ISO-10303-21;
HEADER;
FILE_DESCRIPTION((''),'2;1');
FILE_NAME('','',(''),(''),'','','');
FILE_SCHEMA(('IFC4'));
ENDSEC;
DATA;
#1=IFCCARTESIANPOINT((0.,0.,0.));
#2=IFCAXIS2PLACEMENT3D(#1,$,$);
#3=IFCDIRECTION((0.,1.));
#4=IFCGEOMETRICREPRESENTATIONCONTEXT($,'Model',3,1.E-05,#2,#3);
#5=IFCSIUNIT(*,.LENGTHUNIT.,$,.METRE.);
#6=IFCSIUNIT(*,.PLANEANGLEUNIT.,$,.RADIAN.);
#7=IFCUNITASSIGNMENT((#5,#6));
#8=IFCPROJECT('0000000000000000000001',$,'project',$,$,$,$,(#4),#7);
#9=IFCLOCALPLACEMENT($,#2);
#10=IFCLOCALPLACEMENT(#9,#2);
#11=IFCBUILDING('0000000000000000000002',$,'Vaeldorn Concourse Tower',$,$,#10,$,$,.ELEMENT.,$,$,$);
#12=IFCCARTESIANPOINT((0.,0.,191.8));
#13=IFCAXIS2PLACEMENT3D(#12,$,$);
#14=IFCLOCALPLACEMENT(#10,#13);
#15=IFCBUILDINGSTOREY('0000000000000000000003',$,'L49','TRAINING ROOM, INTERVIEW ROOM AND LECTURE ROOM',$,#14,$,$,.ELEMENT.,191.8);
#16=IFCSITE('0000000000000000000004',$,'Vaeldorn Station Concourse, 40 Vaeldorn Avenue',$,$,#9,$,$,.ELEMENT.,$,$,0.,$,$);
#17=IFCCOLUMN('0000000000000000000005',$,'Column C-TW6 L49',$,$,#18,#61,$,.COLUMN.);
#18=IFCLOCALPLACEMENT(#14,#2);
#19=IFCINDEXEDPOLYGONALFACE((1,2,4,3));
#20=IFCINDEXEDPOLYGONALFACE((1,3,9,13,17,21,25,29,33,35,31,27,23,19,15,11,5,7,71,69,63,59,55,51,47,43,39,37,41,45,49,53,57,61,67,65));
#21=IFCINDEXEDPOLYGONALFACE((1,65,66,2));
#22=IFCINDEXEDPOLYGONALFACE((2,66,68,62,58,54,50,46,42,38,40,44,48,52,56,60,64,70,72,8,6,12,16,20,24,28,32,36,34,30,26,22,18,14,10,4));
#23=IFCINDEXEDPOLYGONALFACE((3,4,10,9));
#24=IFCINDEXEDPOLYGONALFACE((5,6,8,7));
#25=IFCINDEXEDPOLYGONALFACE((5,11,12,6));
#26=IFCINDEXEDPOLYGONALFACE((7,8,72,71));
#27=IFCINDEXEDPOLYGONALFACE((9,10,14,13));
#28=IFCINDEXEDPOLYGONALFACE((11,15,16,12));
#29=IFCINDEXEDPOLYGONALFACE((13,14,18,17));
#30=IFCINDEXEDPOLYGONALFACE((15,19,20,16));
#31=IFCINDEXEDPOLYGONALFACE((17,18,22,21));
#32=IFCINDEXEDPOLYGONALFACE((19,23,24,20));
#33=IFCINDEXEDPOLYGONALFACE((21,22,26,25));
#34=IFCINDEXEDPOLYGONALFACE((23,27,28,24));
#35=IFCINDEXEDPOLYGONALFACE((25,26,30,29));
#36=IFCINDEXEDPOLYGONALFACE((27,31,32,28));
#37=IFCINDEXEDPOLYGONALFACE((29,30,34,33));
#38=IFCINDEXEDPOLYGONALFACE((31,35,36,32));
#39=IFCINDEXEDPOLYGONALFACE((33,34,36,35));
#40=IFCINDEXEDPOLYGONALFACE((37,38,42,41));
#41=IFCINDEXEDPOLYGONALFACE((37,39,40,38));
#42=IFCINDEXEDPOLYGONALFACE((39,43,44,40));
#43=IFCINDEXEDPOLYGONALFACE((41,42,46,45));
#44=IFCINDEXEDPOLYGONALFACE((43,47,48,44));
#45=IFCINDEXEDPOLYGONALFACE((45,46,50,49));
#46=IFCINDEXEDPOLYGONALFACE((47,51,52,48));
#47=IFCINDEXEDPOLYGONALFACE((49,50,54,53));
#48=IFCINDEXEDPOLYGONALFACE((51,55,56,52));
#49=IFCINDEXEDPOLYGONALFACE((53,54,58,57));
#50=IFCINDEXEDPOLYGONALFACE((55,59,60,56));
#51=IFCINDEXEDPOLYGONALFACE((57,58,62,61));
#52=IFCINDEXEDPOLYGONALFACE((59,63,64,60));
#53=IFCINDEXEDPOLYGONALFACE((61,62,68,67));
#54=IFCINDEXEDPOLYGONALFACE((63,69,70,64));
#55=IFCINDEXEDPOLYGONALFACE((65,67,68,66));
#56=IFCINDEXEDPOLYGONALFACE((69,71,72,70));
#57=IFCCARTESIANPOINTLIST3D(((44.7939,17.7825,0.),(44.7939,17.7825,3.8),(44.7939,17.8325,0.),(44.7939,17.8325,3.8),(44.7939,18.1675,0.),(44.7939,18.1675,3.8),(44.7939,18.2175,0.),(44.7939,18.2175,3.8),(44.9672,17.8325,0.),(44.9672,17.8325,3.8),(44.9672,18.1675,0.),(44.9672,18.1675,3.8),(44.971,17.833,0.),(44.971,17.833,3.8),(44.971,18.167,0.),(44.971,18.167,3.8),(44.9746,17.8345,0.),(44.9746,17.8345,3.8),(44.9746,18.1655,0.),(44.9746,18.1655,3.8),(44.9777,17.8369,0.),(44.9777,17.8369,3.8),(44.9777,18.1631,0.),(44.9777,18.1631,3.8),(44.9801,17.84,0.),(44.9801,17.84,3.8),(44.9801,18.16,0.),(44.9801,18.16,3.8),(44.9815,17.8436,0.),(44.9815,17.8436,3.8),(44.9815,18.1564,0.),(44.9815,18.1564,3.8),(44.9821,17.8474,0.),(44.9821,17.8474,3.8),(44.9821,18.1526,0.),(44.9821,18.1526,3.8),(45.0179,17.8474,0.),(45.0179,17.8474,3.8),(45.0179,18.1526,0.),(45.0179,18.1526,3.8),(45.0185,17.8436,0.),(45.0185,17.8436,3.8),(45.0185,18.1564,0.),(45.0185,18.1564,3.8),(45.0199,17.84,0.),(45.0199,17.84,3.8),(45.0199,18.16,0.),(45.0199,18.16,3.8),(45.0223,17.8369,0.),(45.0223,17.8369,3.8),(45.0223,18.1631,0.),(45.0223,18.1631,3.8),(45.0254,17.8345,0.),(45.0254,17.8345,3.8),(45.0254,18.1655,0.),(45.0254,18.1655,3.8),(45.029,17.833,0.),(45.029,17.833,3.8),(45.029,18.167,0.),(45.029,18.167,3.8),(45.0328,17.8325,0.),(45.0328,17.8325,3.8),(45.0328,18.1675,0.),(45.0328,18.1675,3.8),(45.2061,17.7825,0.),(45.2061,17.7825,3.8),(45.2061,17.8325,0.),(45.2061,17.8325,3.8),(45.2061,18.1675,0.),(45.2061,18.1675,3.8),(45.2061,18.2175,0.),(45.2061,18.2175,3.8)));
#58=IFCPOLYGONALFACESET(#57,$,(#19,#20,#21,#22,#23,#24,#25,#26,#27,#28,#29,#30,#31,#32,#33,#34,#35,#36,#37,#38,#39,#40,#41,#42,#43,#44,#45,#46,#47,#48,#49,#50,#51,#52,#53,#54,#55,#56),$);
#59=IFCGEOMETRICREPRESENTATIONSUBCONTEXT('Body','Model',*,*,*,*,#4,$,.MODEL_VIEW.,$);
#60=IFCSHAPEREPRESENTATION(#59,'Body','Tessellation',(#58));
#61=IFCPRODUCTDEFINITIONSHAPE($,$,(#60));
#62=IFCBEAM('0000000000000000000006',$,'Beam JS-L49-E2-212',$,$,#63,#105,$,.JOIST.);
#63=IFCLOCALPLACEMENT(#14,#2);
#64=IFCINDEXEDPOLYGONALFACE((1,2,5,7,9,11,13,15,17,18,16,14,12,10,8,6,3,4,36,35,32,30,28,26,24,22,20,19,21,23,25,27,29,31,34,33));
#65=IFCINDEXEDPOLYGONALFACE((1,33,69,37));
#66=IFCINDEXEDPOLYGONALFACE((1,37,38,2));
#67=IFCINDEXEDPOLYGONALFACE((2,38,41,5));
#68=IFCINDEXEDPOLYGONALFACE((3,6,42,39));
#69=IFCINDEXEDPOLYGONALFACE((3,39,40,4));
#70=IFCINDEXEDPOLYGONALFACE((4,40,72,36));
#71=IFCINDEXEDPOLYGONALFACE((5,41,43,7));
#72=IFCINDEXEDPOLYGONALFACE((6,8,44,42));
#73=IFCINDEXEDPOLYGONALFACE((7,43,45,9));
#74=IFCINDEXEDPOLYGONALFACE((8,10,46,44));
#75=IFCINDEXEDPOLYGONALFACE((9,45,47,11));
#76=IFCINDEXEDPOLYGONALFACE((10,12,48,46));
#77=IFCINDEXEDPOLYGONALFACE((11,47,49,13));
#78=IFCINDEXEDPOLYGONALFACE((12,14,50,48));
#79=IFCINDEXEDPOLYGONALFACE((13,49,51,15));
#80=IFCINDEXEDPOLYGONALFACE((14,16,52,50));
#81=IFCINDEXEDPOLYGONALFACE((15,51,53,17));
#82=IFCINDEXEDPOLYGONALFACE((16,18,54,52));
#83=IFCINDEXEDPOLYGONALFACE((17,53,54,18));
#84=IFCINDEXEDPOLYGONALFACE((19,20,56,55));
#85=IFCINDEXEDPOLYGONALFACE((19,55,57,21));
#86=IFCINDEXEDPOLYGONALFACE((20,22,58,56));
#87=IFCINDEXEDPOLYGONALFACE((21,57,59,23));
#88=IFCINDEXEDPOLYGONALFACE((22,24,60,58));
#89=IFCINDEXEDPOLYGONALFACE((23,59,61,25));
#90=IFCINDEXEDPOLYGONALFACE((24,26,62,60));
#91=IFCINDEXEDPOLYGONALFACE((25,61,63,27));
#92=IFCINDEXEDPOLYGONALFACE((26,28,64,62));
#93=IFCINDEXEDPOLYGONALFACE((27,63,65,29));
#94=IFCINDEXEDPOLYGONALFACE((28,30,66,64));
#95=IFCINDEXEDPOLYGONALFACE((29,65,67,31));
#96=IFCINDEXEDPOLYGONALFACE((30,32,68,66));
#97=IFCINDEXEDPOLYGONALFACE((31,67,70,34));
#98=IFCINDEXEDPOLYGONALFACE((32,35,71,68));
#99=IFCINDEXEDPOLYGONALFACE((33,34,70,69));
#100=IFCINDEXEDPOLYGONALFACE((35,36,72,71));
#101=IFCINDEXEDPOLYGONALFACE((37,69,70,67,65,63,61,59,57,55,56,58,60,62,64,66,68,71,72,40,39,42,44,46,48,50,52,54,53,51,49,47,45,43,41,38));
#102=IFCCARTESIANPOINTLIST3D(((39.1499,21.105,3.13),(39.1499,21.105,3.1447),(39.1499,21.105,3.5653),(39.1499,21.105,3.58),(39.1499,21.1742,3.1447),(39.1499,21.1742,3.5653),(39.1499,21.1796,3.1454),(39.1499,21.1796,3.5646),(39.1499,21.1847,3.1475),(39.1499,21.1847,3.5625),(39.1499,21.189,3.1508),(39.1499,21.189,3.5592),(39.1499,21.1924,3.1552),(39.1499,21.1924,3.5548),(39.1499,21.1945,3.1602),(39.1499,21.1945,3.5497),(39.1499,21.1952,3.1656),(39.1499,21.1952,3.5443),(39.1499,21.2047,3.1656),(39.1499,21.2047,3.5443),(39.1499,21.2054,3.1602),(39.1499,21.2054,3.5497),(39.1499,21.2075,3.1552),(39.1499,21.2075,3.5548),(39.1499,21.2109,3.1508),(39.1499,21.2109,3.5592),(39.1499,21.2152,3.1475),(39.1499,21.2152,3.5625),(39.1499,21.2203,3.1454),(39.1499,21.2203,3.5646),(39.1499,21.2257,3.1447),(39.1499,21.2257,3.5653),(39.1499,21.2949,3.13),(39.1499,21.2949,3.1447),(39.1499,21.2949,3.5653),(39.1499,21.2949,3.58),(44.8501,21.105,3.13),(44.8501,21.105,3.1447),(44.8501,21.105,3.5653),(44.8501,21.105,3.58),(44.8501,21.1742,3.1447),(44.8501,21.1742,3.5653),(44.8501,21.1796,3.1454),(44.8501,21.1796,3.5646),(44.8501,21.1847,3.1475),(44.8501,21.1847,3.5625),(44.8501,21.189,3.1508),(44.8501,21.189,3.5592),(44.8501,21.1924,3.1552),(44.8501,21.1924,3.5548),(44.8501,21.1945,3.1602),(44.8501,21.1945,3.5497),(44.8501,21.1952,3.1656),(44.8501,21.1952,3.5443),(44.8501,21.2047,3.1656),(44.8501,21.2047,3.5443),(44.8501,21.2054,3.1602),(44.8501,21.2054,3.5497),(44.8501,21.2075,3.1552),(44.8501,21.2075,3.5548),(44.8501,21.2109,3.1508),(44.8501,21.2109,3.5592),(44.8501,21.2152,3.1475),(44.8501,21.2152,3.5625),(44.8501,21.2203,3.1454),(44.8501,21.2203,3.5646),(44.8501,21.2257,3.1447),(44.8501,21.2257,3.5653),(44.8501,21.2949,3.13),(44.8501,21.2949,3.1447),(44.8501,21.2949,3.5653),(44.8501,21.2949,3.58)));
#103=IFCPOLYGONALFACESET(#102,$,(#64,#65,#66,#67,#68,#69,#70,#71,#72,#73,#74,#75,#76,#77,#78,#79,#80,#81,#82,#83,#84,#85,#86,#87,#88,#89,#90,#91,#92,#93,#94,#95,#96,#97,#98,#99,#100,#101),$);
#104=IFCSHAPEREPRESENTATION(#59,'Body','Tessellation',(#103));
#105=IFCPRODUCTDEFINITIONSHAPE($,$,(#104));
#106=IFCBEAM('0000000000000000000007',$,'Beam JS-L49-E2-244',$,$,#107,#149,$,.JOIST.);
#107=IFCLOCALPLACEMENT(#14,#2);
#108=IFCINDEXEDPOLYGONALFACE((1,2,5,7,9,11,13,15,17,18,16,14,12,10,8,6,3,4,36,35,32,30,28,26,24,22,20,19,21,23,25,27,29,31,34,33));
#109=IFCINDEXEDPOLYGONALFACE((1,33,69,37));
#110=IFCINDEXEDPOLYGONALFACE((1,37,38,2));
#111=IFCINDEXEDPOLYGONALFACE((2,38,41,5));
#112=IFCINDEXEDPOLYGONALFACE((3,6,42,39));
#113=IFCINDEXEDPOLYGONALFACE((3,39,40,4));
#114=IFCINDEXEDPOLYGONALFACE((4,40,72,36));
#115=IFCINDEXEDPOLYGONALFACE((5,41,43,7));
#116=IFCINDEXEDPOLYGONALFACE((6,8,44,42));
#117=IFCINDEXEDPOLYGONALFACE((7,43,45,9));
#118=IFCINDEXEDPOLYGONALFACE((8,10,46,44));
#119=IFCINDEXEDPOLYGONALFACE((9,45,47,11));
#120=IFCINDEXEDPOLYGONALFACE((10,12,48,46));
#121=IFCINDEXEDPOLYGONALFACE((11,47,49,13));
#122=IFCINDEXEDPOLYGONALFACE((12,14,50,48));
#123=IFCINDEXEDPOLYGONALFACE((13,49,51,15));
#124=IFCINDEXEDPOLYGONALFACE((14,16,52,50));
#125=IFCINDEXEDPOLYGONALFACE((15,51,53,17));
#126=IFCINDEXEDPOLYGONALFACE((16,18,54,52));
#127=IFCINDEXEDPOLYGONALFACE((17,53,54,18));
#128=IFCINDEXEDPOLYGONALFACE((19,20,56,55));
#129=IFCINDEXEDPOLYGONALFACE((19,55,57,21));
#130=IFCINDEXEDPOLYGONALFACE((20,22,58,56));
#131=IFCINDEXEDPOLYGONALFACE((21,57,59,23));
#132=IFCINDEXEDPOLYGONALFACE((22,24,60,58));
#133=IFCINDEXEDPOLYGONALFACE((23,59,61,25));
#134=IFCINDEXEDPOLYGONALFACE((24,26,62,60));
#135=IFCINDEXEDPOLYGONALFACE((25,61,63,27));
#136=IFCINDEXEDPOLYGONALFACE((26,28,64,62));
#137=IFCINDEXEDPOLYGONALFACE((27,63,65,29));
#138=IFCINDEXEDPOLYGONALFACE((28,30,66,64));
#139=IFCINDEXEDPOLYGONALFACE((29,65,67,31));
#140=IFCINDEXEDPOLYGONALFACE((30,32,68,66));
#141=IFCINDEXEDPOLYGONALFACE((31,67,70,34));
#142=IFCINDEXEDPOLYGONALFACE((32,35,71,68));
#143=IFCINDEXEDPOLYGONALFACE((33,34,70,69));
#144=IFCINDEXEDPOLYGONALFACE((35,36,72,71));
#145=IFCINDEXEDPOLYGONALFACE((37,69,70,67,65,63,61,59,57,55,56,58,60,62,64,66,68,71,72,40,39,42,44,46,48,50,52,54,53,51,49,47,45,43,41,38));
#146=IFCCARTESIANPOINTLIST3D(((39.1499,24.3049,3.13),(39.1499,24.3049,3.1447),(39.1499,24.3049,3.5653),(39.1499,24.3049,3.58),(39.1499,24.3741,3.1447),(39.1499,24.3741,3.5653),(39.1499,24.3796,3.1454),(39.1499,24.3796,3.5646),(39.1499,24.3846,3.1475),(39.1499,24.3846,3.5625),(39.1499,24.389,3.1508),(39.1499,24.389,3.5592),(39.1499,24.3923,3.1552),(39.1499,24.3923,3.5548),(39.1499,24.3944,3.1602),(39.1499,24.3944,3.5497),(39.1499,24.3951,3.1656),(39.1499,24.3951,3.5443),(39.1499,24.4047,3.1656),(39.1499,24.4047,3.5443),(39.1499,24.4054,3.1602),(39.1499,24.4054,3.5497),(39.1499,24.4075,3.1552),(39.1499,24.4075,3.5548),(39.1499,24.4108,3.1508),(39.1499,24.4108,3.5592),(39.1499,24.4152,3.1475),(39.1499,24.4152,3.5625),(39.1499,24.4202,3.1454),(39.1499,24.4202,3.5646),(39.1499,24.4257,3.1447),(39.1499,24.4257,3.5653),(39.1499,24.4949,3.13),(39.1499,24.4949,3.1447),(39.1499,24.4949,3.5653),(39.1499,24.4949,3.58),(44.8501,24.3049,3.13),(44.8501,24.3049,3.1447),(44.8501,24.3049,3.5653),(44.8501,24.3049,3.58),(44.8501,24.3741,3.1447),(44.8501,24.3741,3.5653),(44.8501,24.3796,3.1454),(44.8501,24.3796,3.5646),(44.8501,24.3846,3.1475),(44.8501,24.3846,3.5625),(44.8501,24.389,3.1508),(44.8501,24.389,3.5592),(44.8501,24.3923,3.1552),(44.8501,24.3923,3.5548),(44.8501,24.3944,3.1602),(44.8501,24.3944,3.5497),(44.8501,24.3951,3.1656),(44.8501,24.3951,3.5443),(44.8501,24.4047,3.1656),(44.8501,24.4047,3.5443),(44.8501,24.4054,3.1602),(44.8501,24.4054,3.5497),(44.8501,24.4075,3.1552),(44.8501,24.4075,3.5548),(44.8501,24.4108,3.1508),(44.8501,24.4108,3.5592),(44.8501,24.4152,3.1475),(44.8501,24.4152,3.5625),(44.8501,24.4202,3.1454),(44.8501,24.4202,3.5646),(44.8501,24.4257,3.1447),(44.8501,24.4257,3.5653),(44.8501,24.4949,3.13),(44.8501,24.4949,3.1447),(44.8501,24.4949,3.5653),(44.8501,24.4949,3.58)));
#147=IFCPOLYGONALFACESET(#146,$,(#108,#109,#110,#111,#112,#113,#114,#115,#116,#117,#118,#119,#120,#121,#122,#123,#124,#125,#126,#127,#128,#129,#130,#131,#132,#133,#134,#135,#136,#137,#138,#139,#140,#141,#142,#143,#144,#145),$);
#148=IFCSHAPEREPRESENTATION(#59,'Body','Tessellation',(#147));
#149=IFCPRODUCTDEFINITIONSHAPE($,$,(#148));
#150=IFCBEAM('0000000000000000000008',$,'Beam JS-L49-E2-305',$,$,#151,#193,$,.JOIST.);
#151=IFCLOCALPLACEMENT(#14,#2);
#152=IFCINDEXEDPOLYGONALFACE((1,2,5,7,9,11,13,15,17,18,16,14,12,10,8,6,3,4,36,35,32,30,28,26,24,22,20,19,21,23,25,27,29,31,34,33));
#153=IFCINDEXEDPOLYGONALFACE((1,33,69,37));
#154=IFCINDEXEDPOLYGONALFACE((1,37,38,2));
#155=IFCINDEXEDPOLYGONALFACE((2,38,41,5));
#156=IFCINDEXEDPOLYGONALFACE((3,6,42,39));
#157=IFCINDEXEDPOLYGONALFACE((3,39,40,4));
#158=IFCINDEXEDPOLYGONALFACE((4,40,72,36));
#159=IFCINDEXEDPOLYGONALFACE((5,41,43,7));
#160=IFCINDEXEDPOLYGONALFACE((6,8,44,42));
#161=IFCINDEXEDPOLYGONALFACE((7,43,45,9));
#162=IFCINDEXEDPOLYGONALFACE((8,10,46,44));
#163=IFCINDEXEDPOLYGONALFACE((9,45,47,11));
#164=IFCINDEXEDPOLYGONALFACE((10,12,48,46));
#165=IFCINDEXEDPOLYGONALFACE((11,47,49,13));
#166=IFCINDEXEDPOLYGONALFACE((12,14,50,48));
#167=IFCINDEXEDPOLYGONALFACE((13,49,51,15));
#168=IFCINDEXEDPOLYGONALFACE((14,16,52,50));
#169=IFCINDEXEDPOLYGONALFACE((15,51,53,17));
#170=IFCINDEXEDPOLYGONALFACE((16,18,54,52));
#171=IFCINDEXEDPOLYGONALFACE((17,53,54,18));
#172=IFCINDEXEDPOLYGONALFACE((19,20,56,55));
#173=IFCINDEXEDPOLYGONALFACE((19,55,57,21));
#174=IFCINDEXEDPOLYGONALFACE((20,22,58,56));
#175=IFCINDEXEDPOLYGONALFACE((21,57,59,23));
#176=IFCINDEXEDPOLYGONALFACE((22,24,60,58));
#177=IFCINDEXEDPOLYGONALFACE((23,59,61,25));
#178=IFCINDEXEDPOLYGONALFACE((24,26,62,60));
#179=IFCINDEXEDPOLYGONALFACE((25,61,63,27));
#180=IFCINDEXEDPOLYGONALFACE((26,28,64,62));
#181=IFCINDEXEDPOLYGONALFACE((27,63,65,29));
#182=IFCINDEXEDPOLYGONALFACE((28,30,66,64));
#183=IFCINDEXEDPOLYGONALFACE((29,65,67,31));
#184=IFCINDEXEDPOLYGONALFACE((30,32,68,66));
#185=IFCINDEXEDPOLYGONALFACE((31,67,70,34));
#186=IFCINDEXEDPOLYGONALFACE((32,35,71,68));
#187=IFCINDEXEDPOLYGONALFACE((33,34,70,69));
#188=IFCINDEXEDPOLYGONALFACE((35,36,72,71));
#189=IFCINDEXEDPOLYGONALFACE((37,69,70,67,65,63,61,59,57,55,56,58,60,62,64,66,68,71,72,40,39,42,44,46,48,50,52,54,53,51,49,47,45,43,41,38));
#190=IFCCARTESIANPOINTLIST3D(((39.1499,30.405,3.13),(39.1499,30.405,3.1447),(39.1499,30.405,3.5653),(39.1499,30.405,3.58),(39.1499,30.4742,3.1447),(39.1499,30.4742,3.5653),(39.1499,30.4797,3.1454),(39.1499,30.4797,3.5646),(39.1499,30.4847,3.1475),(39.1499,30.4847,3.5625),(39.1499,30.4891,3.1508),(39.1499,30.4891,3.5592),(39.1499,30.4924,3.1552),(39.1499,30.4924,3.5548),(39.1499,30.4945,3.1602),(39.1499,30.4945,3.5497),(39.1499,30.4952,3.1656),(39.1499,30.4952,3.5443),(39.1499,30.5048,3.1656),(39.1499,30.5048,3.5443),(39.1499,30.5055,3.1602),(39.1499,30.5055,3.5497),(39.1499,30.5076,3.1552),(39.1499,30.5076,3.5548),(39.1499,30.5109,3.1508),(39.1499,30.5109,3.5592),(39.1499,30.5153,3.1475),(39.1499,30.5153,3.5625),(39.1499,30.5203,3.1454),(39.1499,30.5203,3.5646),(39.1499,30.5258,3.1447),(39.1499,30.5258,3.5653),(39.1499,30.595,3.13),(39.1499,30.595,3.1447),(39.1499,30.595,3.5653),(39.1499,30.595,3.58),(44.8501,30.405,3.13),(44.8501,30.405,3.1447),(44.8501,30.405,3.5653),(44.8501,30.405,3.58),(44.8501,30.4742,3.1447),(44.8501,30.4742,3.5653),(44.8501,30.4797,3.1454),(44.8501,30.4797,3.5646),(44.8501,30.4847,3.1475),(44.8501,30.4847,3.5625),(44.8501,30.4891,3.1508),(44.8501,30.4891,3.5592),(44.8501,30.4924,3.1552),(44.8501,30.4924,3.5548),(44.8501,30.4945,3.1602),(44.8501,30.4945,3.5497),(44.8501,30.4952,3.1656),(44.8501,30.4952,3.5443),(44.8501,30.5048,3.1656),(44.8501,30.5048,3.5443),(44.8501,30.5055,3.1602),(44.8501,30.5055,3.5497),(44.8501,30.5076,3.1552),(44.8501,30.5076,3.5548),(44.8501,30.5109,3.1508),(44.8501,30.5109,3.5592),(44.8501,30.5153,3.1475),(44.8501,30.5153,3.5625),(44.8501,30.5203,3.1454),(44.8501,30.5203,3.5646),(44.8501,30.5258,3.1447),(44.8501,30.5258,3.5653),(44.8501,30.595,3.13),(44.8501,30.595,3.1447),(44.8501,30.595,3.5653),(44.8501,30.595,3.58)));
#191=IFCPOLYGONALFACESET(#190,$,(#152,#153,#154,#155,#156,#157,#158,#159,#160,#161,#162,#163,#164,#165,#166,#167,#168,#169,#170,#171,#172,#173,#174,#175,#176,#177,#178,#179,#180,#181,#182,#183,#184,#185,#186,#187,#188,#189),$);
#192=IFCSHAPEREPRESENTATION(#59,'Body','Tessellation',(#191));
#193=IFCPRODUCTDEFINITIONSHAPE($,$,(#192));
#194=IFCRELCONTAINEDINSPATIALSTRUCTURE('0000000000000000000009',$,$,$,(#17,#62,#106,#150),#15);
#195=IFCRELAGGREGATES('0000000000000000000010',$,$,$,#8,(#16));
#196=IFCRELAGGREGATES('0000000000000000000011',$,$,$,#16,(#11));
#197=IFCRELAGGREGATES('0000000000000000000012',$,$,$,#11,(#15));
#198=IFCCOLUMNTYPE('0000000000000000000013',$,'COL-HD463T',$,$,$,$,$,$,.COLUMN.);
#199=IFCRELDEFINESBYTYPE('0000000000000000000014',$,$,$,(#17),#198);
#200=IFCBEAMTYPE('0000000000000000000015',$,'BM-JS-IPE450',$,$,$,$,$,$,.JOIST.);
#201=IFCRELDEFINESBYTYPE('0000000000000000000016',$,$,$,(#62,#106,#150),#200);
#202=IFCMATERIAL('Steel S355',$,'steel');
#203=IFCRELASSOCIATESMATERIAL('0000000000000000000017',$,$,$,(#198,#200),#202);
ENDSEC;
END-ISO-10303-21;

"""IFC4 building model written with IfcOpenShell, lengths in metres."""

from ifc_helpers import new_model, si_unit, direction, frame, origin, origin_2d, place, context, subcontext, project, spatial, i_section, extrude, source, transform, mapped, material, material_profile, profile_set, type_object, element, save


model = new_model("IFC4")

# Units and contexts
model_context = context("Model", 3, precision=1e-05, world=origin(), true_north=direction((0.0, 1.0)))
body_context = subcontext(model_context, "Body", "Model", "MODEL_VIEW")
ifc_project = project(units=[si_unit("LENGTHUNIT", "METRE"), si_unit("PLANEANGLEUNIT", "RADIAN")], contexts=[model_context])

# Site, building, storey
site_placement = place(None, origin())
site = spatial("IfcSite", under=ifc_project, at=site_placement, Name="Vaeldorn Station Concourse, 40 Vaeldorn Avenue", CompositionType="ELEMENT", RefElevation=0.0)
building_placement = place(site_placement, origin())
building = spatial("IfcBuilding", under=site, at=building_placement, Name="Vaeldorn Concourse Tower", CompositionType="ELEMENT")
storey_placement = place(building_placement, frame((0.0, 0.0, 191.8)))
storey = spatial("IfcBuildingStorey", under=building, at=storey_placement, Name="L49", Description="TRAINING ROOM, INTERVIEW ROOM AND LECTURE ROOM", CompositionType="ELEMENT", Elevation=191.8)

# Column
ifc_material_1 = material(Name="Steel S355", Category="steel")
ifc_material_profile_1 = material_profile(ifc_material_1, i_section(OverallWidth=0.4121, OverallDepth=0.4351, WebThickness=0.0359, FlangeThickness=0.05, FilletRadius=0.0149, at=origin_2d()), Name="HD 400x463")
ifc_profile_set_1 = profile_set([ifc_material_profile_1], Name="Steel S355")
column_type_1 = type_object("IfcColumnType", Name="COL-HD463T", PredefinedType="COLUMN", material=ifc_profile_set_1)
shared_shape_1 = source(origin(), body_context, "Body", "SweptSolid", [
    extrude(i_section(OverallWidth=0.4121, OverallDepth=0.4351, WebThickness=0.0359, FlangeThickness=0.05, FilletRadius=0.0149, at=origin_2d()), origin(), (0.0, 0.0, 1.0), 3.8),
])
for number, where, z_axis, x_axis, name in (
    (1, (45.0, 18.0, 0.0), (0.0, 0.0, 1.0), (1.0, 0.0, 0.0), "Column C-TW6 L49"),
):
    element("IfcColumn", number, at=place(storey_placement, frame(where, z_axis=z_axis, x_axis=x_axis)), inside=storey, type_object=column_type_1, Name=name, PredefinedType="COLUMN", context=body_context, shape_type="MappedRepresentation", body=[
        mapped(shared_shape_1, transform((0.0, 0.0, 0.0), scale=1.0)),
    ])

# Beams
ifc_material_profile_2 = material_profile(ifc_material_1, i_section(OverallWidth=0.1899, OverallDepth=0.45, WebThickness=0.0095, FlangeThickness=0.0146, FilletRadius=0.021, at=origin_2d()), Name="IPE 450")
ifc_profile_set_2 = profile_set([ifc_material_profile_2], Name="Steel S355")
beam_type_1 = type_object("IfcBeamType", Name="BM-JS-IPE450", PredefinedType="JOIST", material=ifc_profile_set_2)
shared_shape_2 = source(origin(), body_context, "Body", "SweptSolid", [
    extrude(i_section(OverallWidth=0.1899, OverallDepth=0.45, WebThickness=0.0095, FlangeThickness=0.0146, FilletRadius=0.021, at=origin_2d()), origin(), (0.0, 0.0, 1.0), 5.7002),
])
for number, where, z_axis, x_axis, name in (
    (2, (39.1499, 21.2, 3.355), (1.0, 0.0, 0.0), (0.0, 1.0, 0.0), "Beam JS-L49-E2-212"),
    (3, (39.1499, 24.3999, 3.355), (1.0, 0.0, 0.0), (0.0, 1.0, 0.0), "Beam JS-L49-E2-244"),
    (4, (39.1499, 30.5, 3.355), (1.0, 0.0, 0.0), (0.0, 1.0, 0.0), "Beam JS-L49-E2-305"),
):
    element("IfcBeam", number, at=place(storey_placement, frame(where, z_axis=z_axis, x_axis=x_axis)), inside=storey, type_object=beam_type_1, Name=name, PredefinedType="JOIST", context=body_context, shape_type="MappedRepresentation", body=[
        mapped(shared_shape_2, transform((0.0, 0.0, 0.0), scale=1.0)),
    ])

save(model, "model.ifc")
